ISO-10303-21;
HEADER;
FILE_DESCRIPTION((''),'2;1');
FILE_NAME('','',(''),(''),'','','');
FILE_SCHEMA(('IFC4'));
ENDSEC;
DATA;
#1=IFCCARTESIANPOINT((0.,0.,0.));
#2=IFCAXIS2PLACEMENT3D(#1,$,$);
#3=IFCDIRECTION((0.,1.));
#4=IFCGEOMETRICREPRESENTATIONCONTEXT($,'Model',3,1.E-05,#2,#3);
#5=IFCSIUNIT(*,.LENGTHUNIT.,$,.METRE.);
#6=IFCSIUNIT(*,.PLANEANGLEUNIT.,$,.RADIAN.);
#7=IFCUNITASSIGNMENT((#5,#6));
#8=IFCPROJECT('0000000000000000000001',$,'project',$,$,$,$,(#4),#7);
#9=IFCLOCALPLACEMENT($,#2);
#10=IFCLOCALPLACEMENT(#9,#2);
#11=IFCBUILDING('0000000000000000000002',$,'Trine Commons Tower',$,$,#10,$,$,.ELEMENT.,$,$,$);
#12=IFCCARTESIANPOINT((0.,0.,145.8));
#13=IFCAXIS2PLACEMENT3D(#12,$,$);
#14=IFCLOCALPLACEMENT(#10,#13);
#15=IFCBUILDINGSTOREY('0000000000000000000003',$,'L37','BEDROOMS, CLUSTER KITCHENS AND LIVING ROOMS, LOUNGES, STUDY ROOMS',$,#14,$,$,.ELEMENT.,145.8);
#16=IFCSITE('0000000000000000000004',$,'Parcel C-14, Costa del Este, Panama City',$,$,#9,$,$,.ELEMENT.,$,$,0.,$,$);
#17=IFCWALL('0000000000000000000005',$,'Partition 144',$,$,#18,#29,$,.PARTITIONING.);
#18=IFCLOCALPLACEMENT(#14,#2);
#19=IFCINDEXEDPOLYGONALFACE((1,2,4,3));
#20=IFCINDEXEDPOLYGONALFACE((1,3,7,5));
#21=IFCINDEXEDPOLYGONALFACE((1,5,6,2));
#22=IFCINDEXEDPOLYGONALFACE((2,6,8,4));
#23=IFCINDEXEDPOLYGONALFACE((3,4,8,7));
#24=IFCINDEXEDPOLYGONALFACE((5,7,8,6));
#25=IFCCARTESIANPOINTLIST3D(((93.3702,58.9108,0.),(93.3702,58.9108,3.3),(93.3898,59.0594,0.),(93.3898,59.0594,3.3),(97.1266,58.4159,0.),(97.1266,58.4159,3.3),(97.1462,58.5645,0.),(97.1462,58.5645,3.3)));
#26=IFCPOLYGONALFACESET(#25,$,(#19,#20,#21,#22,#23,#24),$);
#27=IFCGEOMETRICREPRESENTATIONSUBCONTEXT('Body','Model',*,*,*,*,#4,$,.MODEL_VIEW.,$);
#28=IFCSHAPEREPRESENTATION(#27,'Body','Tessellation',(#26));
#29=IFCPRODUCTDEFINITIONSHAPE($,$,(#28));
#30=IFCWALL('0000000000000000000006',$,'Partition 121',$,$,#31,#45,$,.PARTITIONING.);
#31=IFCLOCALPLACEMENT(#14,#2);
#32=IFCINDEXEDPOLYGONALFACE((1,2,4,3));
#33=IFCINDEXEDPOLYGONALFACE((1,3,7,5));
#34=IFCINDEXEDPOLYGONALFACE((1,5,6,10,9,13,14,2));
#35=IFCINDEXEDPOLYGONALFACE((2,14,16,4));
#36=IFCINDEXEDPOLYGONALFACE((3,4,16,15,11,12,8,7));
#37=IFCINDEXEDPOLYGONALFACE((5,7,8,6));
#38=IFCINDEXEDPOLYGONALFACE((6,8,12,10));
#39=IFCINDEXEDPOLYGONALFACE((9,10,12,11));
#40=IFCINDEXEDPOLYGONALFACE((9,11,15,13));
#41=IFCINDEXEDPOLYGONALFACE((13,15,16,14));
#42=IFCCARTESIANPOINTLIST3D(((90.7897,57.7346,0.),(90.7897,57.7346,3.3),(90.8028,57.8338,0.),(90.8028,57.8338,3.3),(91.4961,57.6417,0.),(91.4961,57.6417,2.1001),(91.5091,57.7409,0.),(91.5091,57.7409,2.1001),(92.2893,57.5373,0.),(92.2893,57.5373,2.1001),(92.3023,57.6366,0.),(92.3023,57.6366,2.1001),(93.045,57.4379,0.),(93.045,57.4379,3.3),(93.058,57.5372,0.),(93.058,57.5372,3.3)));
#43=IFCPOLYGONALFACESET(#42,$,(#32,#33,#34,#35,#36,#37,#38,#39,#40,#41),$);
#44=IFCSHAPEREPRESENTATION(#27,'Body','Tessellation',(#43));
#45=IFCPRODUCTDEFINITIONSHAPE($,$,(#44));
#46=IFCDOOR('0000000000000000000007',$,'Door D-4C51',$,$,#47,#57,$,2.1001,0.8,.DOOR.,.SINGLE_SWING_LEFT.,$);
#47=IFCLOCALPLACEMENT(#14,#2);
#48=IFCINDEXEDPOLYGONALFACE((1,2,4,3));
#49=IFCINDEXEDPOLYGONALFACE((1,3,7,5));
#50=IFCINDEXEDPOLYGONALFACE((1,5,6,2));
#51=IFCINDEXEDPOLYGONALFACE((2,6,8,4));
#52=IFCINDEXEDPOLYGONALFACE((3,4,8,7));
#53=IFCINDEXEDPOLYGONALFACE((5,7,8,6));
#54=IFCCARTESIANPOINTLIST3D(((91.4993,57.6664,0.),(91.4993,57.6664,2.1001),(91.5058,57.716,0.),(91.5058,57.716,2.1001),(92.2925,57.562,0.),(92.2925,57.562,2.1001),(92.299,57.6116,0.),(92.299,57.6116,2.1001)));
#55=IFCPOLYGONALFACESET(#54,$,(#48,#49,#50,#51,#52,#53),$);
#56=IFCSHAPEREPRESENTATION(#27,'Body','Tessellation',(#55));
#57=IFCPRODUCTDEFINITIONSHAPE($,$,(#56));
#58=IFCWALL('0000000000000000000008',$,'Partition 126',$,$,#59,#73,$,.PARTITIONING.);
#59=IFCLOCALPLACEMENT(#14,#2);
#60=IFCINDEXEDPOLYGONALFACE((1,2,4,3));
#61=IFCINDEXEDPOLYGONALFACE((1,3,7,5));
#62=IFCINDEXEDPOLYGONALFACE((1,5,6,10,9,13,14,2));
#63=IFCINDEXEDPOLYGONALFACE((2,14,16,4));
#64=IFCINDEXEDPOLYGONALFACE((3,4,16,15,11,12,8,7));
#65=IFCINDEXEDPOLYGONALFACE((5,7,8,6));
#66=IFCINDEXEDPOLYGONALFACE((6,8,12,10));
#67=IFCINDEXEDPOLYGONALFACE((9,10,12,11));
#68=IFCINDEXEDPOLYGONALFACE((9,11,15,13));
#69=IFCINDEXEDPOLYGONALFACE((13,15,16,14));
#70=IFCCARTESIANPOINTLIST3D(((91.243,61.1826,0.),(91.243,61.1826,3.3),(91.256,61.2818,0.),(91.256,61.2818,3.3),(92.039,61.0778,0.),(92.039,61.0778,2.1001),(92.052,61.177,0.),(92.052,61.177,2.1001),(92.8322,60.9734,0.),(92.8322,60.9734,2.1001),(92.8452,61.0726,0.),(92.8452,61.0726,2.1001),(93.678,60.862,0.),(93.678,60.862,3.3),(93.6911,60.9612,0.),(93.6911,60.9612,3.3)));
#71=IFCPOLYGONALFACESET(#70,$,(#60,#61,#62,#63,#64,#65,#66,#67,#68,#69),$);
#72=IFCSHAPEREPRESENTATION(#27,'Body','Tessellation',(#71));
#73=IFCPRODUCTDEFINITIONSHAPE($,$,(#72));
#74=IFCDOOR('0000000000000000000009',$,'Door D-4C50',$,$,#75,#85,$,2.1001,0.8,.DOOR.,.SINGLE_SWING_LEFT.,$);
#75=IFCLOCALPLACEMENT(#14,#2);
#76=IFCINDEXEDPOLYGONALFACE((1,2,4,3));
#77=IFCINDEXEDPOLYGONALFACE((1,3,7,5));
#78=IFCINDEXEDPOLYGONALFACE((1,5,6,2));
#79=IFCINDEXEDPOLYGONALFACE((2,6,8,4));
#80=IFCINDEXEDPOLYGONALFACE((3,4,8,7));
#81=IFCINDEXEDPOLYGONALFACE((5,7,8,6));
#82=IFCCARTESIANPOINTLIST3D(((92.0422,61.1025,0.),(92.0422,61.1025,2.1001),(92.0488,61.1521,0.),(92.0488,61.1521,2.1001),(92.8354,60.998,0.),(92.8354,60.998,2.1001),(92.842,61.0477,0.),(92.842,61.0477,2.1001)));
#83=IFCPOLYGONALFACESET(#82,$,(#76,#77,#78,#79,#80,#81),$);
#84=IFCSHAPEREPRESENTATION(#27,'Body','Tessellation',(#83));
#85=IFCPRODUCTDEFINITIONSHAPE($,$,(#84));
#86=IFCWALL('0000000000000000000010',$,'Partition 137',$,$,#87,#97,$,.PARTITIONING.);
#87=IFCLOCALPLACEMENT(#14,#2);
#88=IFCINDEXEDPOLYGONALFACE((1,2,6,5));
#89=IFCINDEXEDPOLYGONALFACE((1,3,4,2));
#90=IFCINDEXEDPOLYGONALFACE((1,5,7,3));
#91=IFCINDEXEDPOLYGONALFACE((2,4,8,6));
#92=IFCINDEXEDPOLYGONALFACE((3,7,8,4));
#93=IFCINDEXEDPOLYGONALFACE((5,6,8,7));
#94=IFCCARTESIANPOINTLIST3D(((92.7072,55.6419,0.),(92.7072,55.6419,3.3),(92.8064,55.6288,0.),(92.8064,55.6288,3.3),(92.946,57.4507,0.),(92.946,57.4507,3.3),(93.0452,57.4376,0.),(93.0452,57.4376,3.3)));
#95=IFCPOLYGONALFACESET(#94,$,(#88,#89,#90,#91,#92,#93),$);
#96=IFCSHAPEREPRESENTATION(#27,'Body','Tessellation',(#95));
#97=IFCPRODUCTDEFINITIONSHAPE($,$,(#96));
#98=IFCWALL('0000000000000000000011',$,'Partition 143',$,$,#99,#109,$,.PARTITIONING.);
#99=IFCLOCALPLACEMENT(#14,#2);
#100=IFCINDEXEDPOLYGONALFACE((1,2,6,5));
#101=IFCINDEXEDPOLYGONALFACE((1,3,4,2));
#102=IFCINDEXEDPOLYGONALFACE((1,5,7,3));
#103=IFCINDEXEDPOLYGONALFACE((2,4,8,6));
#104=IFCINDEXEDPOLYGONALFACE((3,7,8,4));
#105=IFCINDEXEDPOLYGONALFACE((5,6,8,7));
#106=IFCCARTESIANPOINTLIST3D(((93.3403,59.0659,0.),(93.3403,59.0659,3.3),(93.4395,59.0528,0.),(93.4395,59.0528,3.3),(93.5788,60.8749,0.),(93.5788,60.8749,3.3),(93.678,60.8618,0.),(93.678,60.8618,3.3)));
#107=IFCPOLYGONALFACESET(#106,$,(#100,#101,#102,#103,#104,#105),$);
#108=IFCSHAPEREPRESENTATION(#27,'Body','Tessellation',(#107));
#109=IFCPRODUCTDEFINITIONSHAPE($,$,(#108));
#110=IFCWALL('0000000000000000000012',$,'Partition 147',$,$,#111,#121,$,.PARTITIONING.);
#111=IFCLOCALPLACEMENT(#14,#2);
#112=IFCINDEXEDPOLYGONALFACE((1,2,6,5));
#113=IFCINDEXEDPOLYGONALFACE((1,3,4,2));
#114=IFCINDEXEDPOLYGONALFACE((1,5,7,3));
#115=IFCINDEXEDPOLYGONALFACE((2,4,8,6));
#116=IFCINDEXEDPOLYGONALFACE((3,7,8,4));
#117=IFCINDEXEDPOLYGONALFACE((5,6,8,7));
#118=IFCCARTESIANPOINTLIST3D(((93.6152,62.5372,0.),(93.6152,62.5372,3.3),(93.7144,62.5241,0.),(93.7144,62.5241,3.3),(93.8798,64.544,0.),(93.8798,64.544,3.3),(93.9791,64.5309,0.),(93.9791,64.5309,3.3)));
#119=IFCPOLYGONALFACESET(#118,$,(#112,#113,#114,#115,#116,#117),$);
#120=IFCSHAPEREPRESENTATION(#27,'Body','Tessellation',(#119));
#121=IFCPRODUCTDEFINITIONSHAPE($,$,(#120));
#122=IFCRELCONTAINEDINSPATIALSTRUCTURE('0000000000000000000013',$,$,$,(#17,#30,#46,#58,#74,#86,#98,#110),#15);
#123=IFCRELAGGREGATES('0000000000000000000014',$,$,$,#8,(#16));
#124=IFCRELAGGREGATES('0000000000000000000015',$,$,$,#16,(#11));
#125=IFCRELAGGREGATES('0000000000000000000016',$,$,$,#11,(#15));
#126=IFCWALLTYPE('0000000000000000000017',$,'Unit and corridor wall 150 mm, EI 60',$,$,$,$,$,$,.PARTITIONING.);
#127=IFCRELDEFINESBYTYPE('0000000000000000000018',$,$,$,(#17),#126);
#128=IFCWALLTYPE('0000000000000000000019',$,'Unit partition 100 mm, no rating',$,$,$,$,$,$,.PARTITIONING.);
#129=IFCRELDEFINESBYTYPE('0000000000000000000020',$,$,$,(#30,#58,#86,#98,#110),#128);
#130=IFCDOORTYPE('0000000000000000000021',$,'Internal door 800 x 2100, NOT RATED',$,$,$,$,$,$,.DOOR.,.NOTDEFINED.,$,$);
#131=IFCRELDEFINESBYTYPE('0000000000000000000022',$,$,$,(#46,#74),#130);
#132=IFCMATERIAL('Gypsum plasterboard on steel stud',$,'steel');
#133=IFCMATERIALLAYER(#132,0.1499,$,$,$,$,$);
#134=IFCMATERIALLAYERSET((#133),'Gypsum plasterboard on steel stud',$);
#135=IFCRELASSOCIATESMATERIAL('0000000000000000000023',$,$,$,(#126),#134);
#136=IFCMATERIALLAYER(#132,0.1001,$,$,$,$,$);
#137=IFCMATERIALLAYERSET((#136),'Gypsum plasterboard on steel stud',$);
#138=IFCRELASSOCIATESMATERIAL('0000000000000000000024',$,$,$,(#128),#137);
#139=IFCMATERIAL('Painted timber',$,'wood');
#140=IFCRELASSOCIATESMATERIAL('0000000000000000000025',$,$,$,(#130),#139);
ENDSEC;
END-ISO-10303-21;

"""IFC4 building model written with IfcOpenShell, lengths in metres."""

from ifc_helpers import new_model, si_unit, direction, frame, frame_2d, origin, place, context, subcontext, project, spatial, rectangle, extrude, material, layer, layer_set, type_object, element, fill, save


model = new_model("IFC4")

# Units and contexts
model_context = context("Model", 3, precision=1e-05, world=origin(), true_north=direction((0.0, 1.0)))
body_context = subcontext(model_context, "Body", "Model", "MODEL_VIEW")
ifc_project = project(units=[si_unit("LENGTHUNIT", "METRE"), si_unit("PLANEANGLEUNIT", "RADIAN")], contexts=[model_context])

# Site, building, storey
site_placement = place(None, origin())
site = spatial("IfcSite", under=ifc_project, at=site_placement, Name="Parcel C-14, Costa del Este, Panama City", CompositionType="ELEMENT", RefElevation=0.0)
building_placement = place(site_placement, origin())
building = spatial("IfcBuilding", under=site, at=building_placement, Name="Trine Commons Tower", CompositionType="ELEMENT")
storey_placement = place(building_placement, frame((0.0, 0.0, 145.8)))
storey = spatial("IfcBuildingStorey", under=building, at=storey_placement, Name="L37", Description="BEDROOMS, CLUSTER KITCHENS AND LIVING ROOMS, LOUNGES, STUDY ROOMS", CompositionType="ELEMENT", Elevation=145.8)

# Shared definitions
ifc_material_1 = material(Name="Gypsum plasterboard on steel stud", Category="steel")
ifc_layer_1 = layer(ifc_material_1, 0.1499)
ifc_layer_set_1 = layer_set([ifc_layer_1], Name="Gypsum plasterboard on steel stud")
wall_type_1 = type_object("IfcWallType", Name="Unit and corridor wall 150 mm, EI 60", PredefinedType="PARTITIONING", material=ifc_layer_set_1)

# Shared definitions
ifc_material_2 = material(Name="Painted timber", Category="wood")

# Wall
wall_1_placement = place(storey_placement, frame((93.3799, 58.9851, 0.0), z_axis=(0.0, 0.0, 1.0), x_axis=(0.991433, -0.130615, 0.0)))
element("IfcWall", 1, at=wall_1_placement, inside=storey, type_object=wall_type_1, Name="Partition 144", PredefinedType="PARTITIONING", context=body_context, shape_type="SweptSolid", body=[
    extrude(rectangle(XDim=3.7888, YDim=0.1499, at=frame_2d((1.8945, 0.0))), origin(), (0.0, 0.0, 1.0), 3.3),
])

# Walls, openings, doors
ifc_layer_2 = layer(ifc_material_1, 0.1001)
ifc_layer_set_2 = layer_set([ifc_layer_2], Name="Gypsum plasterboard on steel stud")
wall_type_2 = type_object("IfcWallType", Name="Unit partition 100 mm, no rating", PredefinedType="PARTITIONING", material=ifc_layer_set_2)
wall_2_placement = place(storey_placement, frame((90.7964, 57.7842, 0.0), z_axis=(0.0, 0.0, 1.0), x_axis=(0.99146, -0.130413, 0.0)))
wall_2 = element("IfcWall", 2, at=wall_2_placement, inside=storey, type_object=wall_type_2, Name="Partition 121", PredefinedType="PARTITIONING", context=body_context, shape_type="SweptSolid", body=[
    extrude(rectangle(XDim=2.2747, YDim=0.1001, at=frame_2d((1.1372, 0.0))), origin(), (0.0, 0.0, 1.0), 3.3),
])
opening_1_placement = place(wall_2_placement, frame((0.7124, 0.0, 0.0)))
opening_1 = element("IfcOpeningElement", 3, at=opening_1_placement, cuts=wall_2, PredefinedType="OPENING", context=body_context, shape_type="SweptSolid", body=[
    extrude(rectangle(XDim=0.8, YDim=2.1001, at=frame_2d((0.3999, 1.05))), frame((0.0, 0.0601, 0.0), z_axis=(0.0, -1.0, 0.0), x_axis=(1.0, 0.0, 0.0)), (0.0, 0.0, 1.0), 0.1201),
])
door_type_1 = type_object("IfcDoorType", Name="Internal door 800 x 2100, NOT RATED", OperationType="NOTDEFINED", PredefinedType="DOOR", material=ifc_material_2)
door_1_placement = place(opening_1_placement, origin())
door_1 = element("IfcDoor", 4, at=door_1_placement, inside=storey, type_object=door_type_1, Name="Door D-4C51", OperationType="SINGLE_SWING_LEFT", OverallHeight=2.1001, OverallWidth=0.8, PredefinedType="DOOR", context=body_context, shape_type="SweptSolid", body=[
    extrude(rectangle(XDim=0.8, YDim=2.1001, at=frame_2d((0.3999, 1.05))), frame((0.0, 0.0249, 0.0), z_axis=(0.0, -1.0, 0.0), x_axis=(1.0, 0.0, 0.0)), (0.0, 0.0, 1.0), 0.05),
])
fill(opening_1, door_1)
wall_3_placement = place(storey_placement, frame((91.2495, 61.2322, 0.0), z_axis=(0.0, 0.0, 1.0), x_axis=(0.991446, -0.130516, 0.0)))
wall_3 = element("IfcWall", 5, at=wall_3_placement, inside=storey, type_object=wall_type_2, Name="Partition 126", PredefinedType="PARTITIONING", context=body_context, shape_type="SweptSolid", body=[
    extrude(rectangle(XDim=2.4561, YDim=0.1001, at=frame_2d((1.228, 0.0))), origin(), (0.0, 0.0, 1.0), 3.3),
])
opening_2_placement = place(wall_3_placement, frame((0.803, 0.0, 0.0)))
opening_2 = element("IfcOpeningElement", 6, at=opening_2_placement, cuts=wall_3, PredefinedType="OPENING", context=body_context, shape_type="SweptSolid", body=[
    extrude(rectangle(XDim=0.8, YDim=2.1001, at=frame_2d((0.3999, 1.05))), frame((0.0, 0.0601, 0.0), z_axis=(0.0, -1.0, 0.0), x_axis=(1.0, 0.0, 0.0)), (0.0, 0.0, 1.0), 0.1201),
])
door_2_placement = place(opening_2_placement, origin())
door_2 = element("IfcDoor", 7, at=door_2_placement, inside=storey, type_object=door_type_1, Name="Door D-4C50", OperationType="SINGLE_SWING_LEFT", OverallHeight=2.1001, OverallWidth=0.8, PredefinedType="DOOR", context=body_context, shape_type="SweptSolid", body=[
    extrude(rectangle(XDim=0.8, YDim=2.1001, at=frame_2d((0.3999, 1.05))), frame((0.0, 0.0249, 0.0), z_axis=(0.0, -1.0, 0.0), x_axis=(1.0, 0.0, 0.0)), (0.0, 0.0, 1.0), 0.05),
])
fill(opening_2, door_2)

# Walls
wall_4_placement = place(storey_placement, frame((92.7568, 55.6355, 0.0), z_axis=(0.0, 0.0, 1.0), x_axis=(0.130866, 0.9914, 0.0)))
element("IfcWall", 8, at=wall_4_placement, inside=storey, type_object=wall_type_2, Name="Partition 137", PredefinedType="PARTITIONING", context=body_context, shape_type="SweptSolid", body=[
    extrude(rectangle(XDim=1.8245, YDim=0.1001, at=frame_2d((0.9121, 0.0))), origin(), (0.0, 0.0, 1.0), 3.3),
])
wall_5_placement = place(storey_placement, frame((93.3899, 59.0593, 0.0), z_axis=(0.0, 0.0, 1.0), x_axis=(0.130718, 0.99142, 0.0)))
element("IfcWall", 9, at=wall_5_placement, inside=storey, type_object=wall_type_2, Name="Partition 143", PredefinedType="PARTITIONING", context=body_context, shape_type="SweptSolid", body=[
    extrude(rectangle(XDim=1.8247, YDim=0.1001, at=frame_2d((0.9124, 0.0))), origin(), (0.0, 0.0, 1.0), 3.3),
])
wall_6_placement = place(storey_placement, frame((93.6648, 62.5305, 0.0), z_axis=(0.0, 0.0, 1.0), x_axis=(0.130742, 0.991416, 0.0)))
element("IfcWall", 10, at=wall_6_placement, inside=storey, type_object=wall_type_2, Name="Partition 147", PredefinedType="PARTITIONING", context=body_context, shape_type="SweptSolid", body=[
    extrude(rectangle(XDim=2.0242, YDim=0.1001, at=frame_2d((1.0122, 0.0))), origin(), (0.0, 0.0, 1.0), 3.3),
])

save(model, "model.ifc")
